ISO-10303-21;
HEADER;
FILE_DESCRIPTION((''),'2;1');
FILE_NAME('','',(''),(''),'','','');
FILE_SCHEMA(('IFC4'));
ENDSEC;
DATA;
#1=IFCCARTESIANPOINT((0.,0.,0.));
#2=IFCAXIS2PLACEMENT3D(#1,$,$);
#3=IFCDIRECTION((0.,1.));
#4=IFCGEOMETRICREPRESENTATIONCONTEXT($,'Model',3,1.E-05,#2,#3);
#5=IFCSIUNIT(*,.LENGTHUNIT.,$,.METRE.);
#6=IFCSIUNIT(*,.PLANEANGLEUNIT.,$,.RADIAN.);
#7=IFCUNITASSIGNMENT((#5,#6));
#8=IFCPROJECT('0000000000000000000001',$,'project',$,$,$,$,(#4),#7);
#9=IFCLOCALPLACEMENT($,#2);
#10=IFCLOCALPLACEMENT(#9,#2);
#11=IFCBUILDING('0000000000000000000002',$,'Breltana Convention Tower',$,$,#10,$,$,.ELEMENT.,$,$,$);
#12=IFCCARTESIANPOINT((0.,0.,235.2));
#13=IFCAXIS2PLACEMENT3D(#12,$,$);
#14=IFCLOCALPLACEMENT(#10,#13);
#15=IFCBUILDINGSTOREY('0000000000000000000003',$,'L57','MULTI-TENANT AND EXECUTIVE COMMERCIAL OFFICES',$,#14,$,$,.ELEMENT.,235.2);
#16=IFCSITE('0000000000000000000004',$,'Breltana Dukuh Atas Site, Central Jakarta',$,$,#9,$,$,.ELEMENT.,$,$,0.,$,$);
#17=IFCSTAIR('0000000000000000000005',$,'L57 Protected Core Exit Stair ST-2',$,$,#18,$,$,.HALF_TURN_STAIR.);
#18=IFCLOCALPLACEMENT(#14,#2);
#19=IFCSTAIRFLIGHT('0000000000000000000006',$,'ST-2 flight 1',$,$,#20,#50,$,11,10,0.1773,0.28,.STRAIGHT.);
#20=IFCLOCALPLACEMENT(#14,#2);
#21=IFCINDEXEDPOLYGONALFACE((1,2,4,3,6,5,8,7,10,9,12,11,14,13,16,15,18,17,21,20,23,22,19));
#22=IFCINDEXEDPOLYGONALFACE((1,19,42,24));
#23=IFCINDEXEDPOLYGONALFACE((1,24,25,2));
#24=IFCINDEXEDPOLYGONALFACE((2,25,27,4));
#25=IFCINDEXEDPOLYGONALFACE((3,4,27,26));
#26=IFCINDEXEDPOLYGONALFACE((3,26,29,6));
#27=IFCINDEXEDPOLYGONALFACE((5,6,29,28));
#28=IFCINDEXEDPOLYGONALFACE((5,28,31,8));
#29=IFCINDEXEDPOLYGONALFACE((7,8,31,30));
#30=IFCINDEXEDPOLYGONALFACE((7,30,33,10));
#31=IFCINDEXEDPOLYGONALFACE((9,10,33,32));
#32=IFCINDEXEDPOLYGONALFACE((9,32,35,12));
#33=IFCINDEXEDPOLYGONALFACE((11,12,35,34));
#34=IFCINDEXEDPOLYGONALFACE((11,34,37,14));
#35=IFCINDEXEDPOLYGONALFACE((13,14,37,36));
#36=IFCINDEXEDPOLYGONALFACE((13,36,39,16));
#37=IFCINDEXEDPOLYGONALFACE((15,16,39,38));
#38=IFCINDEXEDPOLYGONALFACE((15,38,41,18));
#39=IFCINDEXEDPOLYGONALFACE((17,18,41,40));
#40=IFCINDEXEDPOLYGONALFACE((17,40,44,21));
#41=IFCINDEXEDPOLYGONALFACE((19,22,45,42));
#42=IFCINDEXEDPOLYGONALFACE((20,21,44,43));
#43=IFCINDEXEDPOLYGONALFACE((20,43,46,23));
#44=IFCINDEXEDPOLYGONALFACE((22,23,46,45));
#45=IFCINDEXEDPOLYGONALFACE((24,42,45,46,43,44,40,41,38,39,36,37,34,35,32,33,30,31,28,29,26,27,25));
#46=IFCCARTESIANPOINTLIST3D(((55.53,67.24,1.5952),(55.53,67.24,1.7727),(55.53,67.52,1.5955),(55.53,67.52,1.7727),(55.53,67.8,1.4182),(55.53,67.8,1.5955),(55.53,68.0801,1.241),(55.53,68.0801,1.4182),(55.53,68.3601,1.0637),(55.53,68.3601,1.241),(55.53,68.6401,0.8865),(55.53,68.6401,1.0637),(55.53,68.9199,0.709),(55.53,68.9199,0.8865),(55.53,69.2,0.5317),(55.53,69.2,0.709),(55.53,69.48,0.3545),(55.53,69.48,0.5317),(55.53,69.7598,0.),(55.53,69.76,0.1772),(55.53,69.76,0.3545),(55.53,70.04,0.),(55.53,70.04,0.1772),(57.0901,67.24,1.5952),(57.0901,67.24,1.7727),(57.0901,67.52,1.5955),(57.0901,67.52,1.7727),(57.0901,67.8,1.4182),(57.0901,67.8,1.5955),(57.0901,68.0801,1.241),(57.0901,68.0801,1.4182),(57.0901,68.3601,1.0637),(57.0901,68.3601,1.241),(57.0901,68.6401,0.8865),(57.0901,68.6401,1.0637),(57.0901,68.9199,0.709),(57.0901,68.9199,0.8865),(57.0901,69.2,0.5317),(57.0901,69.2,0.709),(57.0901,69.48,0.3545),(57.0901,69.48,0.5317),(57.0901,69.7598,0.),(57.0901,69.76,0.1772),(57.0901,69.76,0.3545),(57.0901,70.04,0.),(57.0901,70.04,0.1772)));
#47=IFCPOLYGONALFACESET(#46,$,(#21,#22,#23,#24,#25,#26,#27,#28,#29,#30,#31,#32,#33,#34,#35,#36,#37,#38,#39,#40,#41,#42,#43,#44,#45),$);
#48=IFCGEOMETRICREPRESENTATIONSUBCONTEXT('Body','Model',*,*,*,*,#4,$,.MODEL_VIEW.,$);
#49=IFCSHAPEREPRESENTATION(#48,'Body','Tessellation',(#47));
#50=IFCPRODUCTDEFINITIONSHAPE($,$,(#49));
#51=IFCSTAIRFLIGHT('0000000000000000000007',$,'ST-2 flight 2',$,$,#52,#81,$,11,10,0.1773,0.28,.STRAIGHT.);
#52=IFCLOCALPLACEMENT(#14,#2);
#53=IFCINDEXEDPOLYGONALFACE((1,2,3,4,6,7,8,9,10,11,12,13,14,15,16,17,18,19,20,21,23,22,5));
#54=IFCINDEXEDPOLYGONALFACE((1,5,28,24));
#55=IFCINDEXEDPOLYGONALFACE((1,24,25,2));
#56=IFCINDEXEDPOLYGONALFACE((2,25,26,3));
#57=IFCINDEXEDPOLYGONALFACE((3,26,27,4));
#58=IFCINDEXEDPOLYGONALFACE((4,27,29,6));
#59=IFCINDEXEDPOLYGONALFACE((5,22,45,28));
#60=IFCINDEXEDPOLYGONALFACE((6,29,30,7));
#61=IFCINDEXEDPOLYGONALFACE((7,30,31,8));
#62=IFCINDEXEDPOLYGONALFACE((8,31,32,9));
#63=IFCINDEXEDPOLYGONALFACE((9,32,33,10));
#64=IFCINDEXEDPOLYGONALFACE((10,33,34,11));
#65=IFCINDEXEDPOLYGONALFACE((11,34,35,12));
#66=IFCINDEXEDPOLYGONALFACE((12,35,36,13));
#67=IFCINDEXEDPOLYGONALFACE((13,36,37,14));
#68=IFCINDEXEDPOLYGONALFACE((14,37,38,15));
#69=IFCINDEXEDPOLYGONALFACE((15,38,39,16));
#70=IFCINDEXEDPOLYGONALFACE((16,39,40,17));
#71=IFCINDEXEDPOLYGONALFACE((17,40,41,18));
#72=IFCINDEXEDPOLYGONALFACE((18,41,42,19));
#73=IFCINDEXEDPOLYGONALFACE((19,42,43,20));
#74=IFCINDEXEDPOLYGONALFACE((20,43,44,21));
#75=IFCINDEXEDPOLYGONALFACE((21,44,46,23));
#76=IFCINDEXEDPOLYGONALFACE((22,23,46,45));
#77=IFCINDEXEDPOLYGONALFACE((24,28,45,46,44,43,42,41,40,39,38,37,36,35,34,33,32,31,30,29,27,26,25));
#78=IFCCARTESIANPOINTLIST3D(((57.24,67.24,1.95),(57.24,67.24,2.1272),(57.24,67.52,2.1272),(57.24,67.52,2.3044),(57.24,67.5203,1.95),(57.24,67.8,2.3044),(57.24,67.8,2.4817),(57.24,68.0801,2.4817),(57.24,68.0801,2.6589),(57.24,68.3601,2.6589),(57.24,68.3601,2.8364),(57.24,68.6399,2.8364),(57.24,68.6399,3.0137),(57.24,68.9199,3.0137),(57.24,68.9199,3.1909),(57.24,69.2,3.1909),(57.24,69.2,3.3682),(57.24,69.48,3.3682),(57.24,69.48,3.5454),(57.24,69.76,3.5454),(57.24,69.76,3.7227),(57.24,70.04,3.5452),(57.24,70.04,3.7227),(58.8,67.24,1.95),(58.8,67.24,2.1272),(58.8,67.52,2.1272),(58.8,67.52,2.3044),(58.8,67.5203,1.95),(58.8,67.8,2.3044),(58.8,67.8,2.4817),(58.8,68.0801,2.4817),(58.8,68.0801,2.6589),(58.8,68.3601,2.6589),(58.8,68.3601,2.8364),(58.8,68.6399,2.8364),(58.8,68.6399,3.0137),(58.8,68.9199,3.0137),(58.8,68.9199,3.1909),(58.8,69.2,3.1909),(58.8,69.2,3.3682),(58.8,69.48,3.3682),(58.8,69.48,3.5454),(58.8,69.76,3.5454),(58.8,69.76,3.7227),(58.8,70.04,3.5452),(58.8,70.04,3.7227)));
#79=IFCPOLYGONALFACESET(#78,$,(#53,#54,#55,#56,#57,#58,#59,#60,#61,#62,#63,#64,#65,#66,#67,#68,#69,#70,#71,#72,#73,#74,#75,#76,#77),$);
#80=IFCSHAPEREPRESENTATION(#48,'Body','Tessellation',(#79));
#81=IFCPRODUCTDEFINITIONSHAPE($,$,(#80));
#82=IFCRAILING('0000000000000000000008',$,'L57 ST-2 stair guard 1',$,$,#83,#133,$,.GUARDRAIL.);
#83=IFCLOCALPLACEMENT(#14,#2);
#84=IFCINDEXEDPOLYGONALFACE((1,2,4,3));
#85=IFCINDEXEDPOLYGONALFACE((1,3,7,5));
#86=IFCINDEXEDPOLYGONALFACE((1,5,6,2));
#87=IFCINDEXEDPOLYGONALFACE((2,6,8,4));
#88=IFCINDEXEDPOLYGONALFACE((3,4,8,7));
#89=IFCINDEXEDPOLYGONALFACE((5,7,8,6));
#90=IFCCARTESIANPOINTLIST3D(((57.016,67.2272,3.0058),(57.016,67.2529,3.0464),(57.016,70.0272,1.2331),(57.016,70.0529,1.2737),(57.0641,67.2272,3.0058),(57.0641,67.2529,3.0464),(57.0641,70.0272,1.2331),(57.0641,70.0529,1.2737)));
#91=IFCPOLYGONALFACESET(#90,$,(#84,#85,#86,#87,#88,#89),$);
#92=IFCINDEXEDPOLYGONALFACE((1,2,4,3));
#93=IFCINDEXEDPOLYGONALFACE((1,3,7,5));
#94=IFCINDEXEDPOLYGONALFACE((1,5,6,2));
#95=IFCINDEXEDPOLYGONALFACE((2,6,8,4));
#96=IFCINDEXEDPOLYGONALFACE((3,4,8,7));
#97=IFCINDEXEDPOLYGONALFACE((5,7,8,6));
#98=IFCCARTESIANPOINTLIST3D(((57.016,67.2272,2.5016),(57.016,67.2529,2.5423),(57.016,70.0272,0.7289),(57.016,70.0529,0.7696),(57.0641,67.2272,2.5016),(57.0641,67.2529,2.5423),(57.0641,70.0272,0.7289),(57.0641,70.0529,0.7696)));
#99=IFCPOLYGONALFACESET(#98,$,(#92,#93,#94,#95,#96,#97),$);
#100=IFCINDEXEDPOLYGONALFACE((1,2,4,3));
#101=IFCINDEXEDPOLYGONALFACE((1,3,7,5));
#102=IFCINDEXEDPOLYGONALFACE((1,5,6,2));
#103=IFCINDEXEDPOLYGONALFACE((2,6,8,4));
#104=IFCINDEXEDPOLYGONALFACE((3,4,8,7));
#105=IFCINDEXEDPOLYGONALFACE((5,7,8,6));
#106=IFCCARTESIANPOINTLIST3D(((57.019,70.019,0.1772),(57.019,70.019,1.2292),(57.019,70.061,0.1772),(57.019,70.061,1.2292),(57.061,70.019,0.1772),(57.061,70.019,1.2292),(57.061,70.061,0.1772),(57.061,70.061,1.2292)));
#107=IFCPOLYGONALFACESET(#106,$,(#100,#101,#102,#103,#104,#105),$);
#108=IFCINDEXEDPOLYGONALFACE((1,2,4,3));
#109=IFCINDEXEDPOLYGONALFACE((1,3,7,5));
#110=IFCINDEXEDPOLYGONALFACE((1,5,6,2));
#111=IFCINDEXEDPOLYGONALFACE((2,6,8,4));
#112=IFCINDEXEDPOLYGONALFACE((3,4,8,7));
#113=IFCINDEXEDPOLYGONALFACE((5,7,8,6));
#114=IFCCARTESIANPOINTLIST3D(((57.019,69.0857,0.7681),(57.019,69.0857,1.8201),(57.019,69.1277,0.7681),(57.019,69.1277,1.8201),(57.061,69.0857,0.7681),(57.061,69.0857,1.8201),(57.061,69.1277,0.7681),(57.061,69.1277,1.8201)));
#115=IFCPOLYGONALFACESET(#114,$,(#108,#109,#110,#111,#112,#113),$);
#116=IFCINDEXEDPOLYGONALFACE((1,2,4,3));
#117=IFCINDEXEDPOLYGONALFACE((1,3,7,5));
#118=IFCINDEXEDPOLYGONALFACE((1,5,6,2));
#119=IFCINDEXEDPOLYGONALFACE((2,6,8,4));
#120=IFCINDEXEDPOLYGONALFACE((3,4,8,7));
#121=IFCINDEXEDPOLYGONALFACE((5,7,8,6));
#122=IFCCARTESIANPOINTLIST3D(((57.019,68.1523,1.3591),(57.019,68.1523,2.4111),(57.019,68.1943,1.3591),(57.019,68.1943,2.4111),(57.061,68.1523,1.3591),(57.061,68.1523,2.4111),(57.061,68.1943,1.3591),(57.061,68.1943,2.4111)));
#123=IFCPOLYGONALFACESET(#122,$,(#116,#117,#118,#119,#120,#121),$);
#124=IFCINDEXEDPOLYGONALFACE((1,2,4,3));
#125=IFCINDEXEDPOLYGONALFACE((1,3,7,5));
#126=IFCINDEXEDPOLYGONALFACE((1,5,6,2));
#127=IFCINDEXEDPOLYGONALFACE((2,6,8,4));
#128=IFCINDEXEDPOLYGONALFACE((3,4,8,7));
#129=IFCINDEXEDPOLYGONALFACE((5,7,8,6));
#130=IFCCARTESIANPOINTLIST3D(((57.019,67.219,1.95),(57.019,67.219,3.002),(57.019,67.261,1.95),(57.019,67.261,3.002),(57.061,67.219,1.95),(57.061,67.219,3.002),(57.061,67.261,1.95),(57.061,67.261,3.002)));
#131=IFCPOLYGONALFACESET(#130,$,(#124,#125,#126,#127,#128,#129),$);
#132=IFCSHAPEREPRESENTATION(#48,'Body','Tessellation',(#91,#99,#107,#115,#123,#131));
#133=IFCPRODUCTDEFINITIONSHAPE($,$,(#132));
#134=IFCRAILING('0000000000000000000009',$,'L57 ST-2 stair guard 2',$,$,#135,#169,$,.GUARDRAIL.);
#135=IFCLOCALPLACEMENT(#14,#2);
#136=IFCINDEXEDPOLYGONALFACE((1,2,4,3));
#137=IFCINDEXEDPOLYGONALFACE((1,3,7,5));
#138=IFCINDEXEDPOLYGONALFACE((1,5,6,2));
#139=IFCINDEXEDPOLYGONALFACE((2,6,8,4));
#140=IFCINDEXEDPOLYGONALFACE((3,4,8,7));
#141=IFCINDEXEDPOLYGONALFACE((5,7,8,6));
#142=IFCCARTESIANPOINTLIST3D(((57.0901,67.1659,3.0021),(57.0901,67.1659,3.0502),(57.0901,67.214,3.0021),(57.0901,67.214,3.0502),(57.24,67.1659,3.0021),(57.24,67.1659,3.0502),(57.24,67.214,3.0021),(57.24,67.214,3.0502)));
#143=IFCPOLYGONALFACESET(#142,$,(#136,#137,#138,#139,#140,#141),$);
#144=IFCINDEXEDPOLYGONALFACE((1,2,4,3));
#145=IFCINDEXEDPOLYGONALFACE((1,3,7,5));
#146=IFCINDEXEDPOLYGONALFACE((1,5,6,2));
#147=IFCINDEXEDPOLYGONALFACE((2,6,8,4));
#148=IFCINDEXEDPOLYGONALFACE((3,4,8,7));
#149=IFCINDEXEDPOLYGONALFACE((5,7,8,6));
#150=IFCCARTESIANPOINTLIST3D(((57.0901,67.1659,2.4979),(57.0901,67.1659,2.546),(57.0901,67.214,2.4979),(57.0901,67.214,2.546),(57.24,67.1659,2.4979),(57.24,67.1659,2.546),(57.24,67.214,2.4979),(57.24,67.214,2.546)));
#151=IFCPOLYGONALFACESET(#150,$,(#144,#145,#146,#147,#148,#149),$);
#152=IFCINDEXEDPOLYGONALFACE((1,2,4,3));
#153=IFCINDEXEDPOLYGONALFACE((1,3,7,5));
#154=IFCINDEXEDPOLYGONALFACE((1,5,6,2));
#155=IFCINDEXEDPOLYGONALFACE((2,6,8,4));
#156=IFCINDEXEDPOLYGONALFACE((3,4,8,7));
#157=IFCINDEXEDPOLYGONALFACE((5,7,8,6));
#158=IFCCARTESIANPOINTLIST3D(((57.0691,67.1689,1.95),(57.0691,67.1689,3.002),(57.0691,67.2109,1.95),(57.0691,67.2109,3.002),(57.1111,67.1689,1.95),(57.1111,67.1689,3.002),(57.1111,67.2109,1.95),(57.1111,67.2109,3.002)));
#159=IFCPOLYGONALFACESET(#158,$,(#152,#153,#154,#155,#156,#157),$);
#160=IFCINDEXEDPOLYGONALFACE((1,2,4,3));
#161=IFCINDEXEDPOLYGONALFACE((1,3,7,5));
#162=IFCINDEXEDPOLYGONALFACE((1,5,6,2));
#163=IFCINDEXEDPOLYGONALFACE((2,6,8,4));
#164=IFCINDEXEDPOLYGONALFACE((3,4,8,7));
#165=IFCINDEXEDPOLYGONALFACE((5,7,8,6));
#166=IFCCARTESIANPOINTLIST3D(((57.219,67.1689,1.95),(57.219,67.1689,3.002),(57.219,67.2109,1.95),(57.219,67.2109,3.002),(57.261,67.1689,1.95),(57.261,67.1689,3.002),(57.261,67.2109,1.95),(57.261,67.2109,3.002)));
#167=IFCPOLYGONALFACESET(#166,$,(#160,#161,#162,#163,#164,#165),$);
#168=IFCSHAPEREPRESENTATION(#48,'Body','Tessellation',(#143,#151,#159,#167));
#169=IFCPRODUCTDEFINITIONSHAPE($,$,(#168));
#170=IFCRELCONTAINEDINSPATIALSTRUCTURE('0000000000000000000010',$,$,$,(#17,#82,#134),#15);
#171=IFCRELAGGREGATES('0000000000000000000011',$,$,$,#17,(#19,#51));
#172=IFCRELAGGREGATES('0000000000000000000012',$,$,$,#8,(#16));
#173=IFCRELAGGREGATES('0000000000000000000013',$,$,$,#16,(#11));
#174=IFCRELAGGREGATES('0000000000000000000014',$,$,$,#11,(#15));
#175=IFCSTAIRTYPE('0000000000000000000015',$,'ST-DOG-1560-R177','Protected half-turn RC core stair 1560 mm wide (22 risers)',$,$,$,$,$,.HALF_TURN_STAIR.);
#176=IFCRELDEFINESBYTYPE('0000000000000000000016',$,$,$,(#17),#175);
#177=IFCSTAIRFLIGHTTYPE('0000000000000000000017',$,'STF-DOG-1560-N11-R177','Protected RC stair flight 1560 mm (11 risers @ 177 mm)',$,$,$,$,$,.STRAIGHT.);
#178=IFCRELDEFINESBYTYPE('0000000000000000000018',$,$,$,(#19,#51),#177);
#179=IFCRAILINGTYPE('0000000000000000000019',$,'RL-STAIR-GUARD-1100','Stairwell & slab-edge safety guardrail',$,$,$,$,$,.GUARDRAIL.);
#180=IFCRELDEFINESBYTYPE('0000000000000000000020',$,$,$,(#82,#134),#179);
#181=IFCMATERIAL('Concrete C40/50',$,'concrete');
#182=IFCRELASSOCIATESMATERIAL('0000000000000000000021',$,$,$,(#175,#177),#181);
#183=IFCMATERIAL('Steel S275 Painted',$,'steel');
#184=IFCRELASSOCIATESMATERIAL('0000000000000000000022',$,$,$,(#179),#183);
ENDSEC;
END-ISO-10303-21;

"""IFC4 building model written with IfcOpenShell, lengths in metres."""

from ifc_helpers import new_model, si_unit, direction, frame, origin, origin_2d, place, context, subcontext, project, spatial, polyline, rectangle, outline, extrude, material, type_object, element, aggregate, save


model = new_model("IFC4")

# Units and contexts
model_context = context("Model", 3, precision=1e-05, world=origin(), true_north=direction((0.0, 1.0)))
body_context = subcontext(model_context, "Body", "Model", "MODEL_VIEW")
ifc_project = project(units=[si_unit("LENGTHUNIT", "METRE"), si_unit("PLANEANGLEUNIT", "RADIAN")], contexts=[model_context])

# Site, building, storey
site_placement = place(None, origin())
site = spatial("IfcSite", under=ifc_project, at=site_placement, Name="Breltana Dukuh Atas Site, Central Jakarta", CompositionType="ELEMENT", RefElevation=0.0)
building_placement = place(site_placement, origin())
building = spatial("IfcBuilding", under=site, at=building_placement, Name="Breltana Convention Tower", CompositionType="ELEMENT")
storey_placement = place(building_placement, frame((0.0, 0.0, 235.2)))
storey = spatial("IfcBuildingStorey", under=building, at=storey_placement, Name="L57", Description="MULTI-TENANT AND EXECUTIVE COMMERCIAL OFFICES", CompositionType="ELEMENT", Elevation=235.2)

# Stair, stair flights
ifc_material_1 = material(Name="Concrete C40/50", Category="concrete")
stair_type = type_object("IfcStairType", Name="ST-DOG-1560-R177", Description="Protected half-turn RC core stair 1560 mm wide (22 risers)", PredefinedType="HALF_TURN_STAIR", material=ifc_material_1)
stair_placement = place(storey_placement, origin())
stair = element("IfcStair", 1, at=stair_placement, inside=storey, type_object=stair_type, Name="L57 Protected Core Exit Stair ST-2", PredefinedType="HALF_TURN_STAIR")
stair_flight_type = type_object("IfcStairFlightType", Name="STF-DOG-1560-N11-R177", Description="Protected RC stair flight 1560 mm (11 risers @ 177 mm)", PredefinedType="STRAIGHT", material=ifc_material_1)
stair_flight_1_placement = place(storey_placement, frame((56.3101, 70.04, 0.0), z_axis=(0.0, 0.0, 1.0), x_axis=(0.0, -1.0, 0.0)))
stair_flight_1 = element("IfcStairFlight", 2, at=stair_flight_1_placement, type_object=stair_flight_type, Name="ST-2 flight 1", NumberOfRisers=11, NumberOfTreads=10, PredefinedType="STRAIGHT", RiserHeight=0.1773, TreadLength=0.28, context=body_context, shape_type="SweptSolid", body=[
    extrude(outline(polyline([(0.0, 0.0), (0.0, 0.1772), (0.28, 0.1772), (0.28, 0.3545), (0.5601, 0.3545), (0.5601, 0.5317), (0.8401, 0.5317), (0.8401, 0.709), (1.1201, 0.709), (1.1201, 0.8865), (1.3999, 0.8865), (1.3999, 1.0637), (1.6799, 1.0637), (1.6799, 1.241), (1.96, 1.241), (1.96, 1.4182), (2.24, 1.4182), (2.24, 1.5955), (2.52, 1.5955), (2.52, 1.7727), (2.8, 1.7727), (2.8, 1.95), (2.8, 1.5952), (0.2803, 0.0), (0.0, 0.0)])), frame((0.0, 0.78, 0.0), z_axis=(0.0, -1.0, 0.0), x_axis=(1.0, 0.0, 0.0)), (0.0, 0.0, 1.0), 1.5601),
])
stair_flight_2_placement = place(storey_placement, frame((58.02, 67.24, 1.95), z_axis=(0.0, 0.0, 1.0), x_axis=(0.0, 1.0, 0.0)))
stair_flight_2 = element("IfcStairFlight", 3, at=stair_flight_2_placement, type_object=stair_flight_type, Name="ST-2 flight 2", NumberOfRisers=11, NumberOfTreads=10, PredefinedType="STRAIGHT", RiserHeight=0.1773, TreadLength=0.28, context=body_context, shape_type="SweptSolid", body=[
    extrude(outline(polyline([(0.0, 0.0), (0.0, 0.1772), (0.28, 0.1772), (0.28, 0.3545), (0.5601, 0.3545), (0.5601, 0.5317), (0.8401, 0.5317), (0.8401, 0.709), (1.1201, 0.709), (1.1201, 0.8865), (1.3999, 0.8865), (1.3999, 1.0637), (1.6799, 1.0637), (1.6799, 1.241), (1.96, 1.241), (1.96, 1.4182), (2.24, 1.4182), (2.24, 1.5955), (2.52, 1.5955), (2.52, 1.7727), (2.8, 1.7727), (2.8, 1.95), (2.8, 1.5952), (0.2803, 0.0), (0.0, 0.0)])), frame((0.0, 0.78, 0.0), z_axis=(0.0, -1.0, 0.0), x_axis=(1.0, 0.0, 0.0)), (0.0, 0.0, 1.0), 1.5601),
])
aggregate(stair, [stair_flight_1, stair_flight_2])

# Railings
ifc_material_2 = material(Name="Steel S275 Painted", Category="steel")
railing_type_1 = type_object("IfcRailingType", Name="RL-STAIR-GUARD-1100", Description="Stairwell & slab-edge safety guardrail", PredefinedType="GUARDRAIL", material=ifc_material_2)
railing_1_placement = place(storey_placement, frame((57.04, 70.04, 0.1772)))
element("IfcRailing", 4, at=railing_1_placement, inside=storey, type_object=railing_type_1, Name="L57 ST-2 stair guard 1", PredefinedType="GUARDRAIL", context=body_context, shape_type="SweptSolid", body=[
    extrude(rectangle(XDim=0.0481, YDim=0.0481, at=origin_2d()), frame((0.0, 0.0, 1.0762), z_axis=(0.0, -0.844909, 0.53491), x_axis=(1.0, 0.0, 0.0)), (0.0, 0.0, 1.0), 3.314),
    extrude(rectangle(XDim=0.0481, YDim=0.0481, at=origin_2d()), frame((0.0, 0.0, 0.572), z_axis=(0.0, -0.844909, 0.53491), x_axis=(1.0, 0.0, 0.0)), (0.0, 0.0, 1.0), 3.314),
    extrude(rectangle(XDim=0.042, YDim=0.042, at=origin_2d()), origin(), (0.0, 0.0, 1.0), 1.052),
    extrude(rectangle(XDim=0.042, YDim=0.042, at=origin_2d()), frame((0.0, -0.9333, 0.5908)), (0.0, 0.0, 1.0), 1.052),
    extrude(rectangle(XDim=0.042, YDim=0.042, at=origin_2d()), frame((0.0, -1.8667, 1.1819)), (0.0, 0.0, 1.0), 1.052),
    extrude(rectangle(XDim=0.042, YDim=0.042, at=origin_2d()), frame((0.0, -2.8, 1.7727)), (0.0, 0.0, 1.0), 1.052),
])
railing_2_placement = place(storey_placement, frame((57.0901, 67.1899, 1.95)))
element("IfcRailing", 5, at=railing_2_placement, inside=storey, type_object=railing_type_1, Name="L57 ST-2 stair guard 2", PredefinedType="GUARDRAIL", context=body_context, shape_type="SweptSolid", body=[
    extrude(rectangle(XDim=0.0481, YDim=0.0481, at=origin_2d()), frame((0.0, 0.0, 1.0762), z_axis=(1.0, 0.0, 0.0), x_axis=(0.0, 1.0, 0.0)), (0.0, 0.0, 1.0), 0.1499),
    extrude(rectangle(XDim=0.0481, YDim=0.0481, at=origin_2d()), frame((0.0, 0.0, 0.572), z_axis=(1.0, 0.0, 0.0), x_axis=(0.0, 1.0, 0.0)), (0.0, 0.0, 1.0), 0.1499),
    extrude(rectangle(XDim=0.042, YDim=0.042, at=origin_2d()), origin(), (0.0, 0.0, 1.0), 1.052),
    extrude(rectangle(XDim=0.042, YDim=0.042, at=origin_2d()), frame((0.1499, 0.0, 0.0)), (0.0, 0.0, 1.0), 1.052),
])

save(model, "model.ifc")
